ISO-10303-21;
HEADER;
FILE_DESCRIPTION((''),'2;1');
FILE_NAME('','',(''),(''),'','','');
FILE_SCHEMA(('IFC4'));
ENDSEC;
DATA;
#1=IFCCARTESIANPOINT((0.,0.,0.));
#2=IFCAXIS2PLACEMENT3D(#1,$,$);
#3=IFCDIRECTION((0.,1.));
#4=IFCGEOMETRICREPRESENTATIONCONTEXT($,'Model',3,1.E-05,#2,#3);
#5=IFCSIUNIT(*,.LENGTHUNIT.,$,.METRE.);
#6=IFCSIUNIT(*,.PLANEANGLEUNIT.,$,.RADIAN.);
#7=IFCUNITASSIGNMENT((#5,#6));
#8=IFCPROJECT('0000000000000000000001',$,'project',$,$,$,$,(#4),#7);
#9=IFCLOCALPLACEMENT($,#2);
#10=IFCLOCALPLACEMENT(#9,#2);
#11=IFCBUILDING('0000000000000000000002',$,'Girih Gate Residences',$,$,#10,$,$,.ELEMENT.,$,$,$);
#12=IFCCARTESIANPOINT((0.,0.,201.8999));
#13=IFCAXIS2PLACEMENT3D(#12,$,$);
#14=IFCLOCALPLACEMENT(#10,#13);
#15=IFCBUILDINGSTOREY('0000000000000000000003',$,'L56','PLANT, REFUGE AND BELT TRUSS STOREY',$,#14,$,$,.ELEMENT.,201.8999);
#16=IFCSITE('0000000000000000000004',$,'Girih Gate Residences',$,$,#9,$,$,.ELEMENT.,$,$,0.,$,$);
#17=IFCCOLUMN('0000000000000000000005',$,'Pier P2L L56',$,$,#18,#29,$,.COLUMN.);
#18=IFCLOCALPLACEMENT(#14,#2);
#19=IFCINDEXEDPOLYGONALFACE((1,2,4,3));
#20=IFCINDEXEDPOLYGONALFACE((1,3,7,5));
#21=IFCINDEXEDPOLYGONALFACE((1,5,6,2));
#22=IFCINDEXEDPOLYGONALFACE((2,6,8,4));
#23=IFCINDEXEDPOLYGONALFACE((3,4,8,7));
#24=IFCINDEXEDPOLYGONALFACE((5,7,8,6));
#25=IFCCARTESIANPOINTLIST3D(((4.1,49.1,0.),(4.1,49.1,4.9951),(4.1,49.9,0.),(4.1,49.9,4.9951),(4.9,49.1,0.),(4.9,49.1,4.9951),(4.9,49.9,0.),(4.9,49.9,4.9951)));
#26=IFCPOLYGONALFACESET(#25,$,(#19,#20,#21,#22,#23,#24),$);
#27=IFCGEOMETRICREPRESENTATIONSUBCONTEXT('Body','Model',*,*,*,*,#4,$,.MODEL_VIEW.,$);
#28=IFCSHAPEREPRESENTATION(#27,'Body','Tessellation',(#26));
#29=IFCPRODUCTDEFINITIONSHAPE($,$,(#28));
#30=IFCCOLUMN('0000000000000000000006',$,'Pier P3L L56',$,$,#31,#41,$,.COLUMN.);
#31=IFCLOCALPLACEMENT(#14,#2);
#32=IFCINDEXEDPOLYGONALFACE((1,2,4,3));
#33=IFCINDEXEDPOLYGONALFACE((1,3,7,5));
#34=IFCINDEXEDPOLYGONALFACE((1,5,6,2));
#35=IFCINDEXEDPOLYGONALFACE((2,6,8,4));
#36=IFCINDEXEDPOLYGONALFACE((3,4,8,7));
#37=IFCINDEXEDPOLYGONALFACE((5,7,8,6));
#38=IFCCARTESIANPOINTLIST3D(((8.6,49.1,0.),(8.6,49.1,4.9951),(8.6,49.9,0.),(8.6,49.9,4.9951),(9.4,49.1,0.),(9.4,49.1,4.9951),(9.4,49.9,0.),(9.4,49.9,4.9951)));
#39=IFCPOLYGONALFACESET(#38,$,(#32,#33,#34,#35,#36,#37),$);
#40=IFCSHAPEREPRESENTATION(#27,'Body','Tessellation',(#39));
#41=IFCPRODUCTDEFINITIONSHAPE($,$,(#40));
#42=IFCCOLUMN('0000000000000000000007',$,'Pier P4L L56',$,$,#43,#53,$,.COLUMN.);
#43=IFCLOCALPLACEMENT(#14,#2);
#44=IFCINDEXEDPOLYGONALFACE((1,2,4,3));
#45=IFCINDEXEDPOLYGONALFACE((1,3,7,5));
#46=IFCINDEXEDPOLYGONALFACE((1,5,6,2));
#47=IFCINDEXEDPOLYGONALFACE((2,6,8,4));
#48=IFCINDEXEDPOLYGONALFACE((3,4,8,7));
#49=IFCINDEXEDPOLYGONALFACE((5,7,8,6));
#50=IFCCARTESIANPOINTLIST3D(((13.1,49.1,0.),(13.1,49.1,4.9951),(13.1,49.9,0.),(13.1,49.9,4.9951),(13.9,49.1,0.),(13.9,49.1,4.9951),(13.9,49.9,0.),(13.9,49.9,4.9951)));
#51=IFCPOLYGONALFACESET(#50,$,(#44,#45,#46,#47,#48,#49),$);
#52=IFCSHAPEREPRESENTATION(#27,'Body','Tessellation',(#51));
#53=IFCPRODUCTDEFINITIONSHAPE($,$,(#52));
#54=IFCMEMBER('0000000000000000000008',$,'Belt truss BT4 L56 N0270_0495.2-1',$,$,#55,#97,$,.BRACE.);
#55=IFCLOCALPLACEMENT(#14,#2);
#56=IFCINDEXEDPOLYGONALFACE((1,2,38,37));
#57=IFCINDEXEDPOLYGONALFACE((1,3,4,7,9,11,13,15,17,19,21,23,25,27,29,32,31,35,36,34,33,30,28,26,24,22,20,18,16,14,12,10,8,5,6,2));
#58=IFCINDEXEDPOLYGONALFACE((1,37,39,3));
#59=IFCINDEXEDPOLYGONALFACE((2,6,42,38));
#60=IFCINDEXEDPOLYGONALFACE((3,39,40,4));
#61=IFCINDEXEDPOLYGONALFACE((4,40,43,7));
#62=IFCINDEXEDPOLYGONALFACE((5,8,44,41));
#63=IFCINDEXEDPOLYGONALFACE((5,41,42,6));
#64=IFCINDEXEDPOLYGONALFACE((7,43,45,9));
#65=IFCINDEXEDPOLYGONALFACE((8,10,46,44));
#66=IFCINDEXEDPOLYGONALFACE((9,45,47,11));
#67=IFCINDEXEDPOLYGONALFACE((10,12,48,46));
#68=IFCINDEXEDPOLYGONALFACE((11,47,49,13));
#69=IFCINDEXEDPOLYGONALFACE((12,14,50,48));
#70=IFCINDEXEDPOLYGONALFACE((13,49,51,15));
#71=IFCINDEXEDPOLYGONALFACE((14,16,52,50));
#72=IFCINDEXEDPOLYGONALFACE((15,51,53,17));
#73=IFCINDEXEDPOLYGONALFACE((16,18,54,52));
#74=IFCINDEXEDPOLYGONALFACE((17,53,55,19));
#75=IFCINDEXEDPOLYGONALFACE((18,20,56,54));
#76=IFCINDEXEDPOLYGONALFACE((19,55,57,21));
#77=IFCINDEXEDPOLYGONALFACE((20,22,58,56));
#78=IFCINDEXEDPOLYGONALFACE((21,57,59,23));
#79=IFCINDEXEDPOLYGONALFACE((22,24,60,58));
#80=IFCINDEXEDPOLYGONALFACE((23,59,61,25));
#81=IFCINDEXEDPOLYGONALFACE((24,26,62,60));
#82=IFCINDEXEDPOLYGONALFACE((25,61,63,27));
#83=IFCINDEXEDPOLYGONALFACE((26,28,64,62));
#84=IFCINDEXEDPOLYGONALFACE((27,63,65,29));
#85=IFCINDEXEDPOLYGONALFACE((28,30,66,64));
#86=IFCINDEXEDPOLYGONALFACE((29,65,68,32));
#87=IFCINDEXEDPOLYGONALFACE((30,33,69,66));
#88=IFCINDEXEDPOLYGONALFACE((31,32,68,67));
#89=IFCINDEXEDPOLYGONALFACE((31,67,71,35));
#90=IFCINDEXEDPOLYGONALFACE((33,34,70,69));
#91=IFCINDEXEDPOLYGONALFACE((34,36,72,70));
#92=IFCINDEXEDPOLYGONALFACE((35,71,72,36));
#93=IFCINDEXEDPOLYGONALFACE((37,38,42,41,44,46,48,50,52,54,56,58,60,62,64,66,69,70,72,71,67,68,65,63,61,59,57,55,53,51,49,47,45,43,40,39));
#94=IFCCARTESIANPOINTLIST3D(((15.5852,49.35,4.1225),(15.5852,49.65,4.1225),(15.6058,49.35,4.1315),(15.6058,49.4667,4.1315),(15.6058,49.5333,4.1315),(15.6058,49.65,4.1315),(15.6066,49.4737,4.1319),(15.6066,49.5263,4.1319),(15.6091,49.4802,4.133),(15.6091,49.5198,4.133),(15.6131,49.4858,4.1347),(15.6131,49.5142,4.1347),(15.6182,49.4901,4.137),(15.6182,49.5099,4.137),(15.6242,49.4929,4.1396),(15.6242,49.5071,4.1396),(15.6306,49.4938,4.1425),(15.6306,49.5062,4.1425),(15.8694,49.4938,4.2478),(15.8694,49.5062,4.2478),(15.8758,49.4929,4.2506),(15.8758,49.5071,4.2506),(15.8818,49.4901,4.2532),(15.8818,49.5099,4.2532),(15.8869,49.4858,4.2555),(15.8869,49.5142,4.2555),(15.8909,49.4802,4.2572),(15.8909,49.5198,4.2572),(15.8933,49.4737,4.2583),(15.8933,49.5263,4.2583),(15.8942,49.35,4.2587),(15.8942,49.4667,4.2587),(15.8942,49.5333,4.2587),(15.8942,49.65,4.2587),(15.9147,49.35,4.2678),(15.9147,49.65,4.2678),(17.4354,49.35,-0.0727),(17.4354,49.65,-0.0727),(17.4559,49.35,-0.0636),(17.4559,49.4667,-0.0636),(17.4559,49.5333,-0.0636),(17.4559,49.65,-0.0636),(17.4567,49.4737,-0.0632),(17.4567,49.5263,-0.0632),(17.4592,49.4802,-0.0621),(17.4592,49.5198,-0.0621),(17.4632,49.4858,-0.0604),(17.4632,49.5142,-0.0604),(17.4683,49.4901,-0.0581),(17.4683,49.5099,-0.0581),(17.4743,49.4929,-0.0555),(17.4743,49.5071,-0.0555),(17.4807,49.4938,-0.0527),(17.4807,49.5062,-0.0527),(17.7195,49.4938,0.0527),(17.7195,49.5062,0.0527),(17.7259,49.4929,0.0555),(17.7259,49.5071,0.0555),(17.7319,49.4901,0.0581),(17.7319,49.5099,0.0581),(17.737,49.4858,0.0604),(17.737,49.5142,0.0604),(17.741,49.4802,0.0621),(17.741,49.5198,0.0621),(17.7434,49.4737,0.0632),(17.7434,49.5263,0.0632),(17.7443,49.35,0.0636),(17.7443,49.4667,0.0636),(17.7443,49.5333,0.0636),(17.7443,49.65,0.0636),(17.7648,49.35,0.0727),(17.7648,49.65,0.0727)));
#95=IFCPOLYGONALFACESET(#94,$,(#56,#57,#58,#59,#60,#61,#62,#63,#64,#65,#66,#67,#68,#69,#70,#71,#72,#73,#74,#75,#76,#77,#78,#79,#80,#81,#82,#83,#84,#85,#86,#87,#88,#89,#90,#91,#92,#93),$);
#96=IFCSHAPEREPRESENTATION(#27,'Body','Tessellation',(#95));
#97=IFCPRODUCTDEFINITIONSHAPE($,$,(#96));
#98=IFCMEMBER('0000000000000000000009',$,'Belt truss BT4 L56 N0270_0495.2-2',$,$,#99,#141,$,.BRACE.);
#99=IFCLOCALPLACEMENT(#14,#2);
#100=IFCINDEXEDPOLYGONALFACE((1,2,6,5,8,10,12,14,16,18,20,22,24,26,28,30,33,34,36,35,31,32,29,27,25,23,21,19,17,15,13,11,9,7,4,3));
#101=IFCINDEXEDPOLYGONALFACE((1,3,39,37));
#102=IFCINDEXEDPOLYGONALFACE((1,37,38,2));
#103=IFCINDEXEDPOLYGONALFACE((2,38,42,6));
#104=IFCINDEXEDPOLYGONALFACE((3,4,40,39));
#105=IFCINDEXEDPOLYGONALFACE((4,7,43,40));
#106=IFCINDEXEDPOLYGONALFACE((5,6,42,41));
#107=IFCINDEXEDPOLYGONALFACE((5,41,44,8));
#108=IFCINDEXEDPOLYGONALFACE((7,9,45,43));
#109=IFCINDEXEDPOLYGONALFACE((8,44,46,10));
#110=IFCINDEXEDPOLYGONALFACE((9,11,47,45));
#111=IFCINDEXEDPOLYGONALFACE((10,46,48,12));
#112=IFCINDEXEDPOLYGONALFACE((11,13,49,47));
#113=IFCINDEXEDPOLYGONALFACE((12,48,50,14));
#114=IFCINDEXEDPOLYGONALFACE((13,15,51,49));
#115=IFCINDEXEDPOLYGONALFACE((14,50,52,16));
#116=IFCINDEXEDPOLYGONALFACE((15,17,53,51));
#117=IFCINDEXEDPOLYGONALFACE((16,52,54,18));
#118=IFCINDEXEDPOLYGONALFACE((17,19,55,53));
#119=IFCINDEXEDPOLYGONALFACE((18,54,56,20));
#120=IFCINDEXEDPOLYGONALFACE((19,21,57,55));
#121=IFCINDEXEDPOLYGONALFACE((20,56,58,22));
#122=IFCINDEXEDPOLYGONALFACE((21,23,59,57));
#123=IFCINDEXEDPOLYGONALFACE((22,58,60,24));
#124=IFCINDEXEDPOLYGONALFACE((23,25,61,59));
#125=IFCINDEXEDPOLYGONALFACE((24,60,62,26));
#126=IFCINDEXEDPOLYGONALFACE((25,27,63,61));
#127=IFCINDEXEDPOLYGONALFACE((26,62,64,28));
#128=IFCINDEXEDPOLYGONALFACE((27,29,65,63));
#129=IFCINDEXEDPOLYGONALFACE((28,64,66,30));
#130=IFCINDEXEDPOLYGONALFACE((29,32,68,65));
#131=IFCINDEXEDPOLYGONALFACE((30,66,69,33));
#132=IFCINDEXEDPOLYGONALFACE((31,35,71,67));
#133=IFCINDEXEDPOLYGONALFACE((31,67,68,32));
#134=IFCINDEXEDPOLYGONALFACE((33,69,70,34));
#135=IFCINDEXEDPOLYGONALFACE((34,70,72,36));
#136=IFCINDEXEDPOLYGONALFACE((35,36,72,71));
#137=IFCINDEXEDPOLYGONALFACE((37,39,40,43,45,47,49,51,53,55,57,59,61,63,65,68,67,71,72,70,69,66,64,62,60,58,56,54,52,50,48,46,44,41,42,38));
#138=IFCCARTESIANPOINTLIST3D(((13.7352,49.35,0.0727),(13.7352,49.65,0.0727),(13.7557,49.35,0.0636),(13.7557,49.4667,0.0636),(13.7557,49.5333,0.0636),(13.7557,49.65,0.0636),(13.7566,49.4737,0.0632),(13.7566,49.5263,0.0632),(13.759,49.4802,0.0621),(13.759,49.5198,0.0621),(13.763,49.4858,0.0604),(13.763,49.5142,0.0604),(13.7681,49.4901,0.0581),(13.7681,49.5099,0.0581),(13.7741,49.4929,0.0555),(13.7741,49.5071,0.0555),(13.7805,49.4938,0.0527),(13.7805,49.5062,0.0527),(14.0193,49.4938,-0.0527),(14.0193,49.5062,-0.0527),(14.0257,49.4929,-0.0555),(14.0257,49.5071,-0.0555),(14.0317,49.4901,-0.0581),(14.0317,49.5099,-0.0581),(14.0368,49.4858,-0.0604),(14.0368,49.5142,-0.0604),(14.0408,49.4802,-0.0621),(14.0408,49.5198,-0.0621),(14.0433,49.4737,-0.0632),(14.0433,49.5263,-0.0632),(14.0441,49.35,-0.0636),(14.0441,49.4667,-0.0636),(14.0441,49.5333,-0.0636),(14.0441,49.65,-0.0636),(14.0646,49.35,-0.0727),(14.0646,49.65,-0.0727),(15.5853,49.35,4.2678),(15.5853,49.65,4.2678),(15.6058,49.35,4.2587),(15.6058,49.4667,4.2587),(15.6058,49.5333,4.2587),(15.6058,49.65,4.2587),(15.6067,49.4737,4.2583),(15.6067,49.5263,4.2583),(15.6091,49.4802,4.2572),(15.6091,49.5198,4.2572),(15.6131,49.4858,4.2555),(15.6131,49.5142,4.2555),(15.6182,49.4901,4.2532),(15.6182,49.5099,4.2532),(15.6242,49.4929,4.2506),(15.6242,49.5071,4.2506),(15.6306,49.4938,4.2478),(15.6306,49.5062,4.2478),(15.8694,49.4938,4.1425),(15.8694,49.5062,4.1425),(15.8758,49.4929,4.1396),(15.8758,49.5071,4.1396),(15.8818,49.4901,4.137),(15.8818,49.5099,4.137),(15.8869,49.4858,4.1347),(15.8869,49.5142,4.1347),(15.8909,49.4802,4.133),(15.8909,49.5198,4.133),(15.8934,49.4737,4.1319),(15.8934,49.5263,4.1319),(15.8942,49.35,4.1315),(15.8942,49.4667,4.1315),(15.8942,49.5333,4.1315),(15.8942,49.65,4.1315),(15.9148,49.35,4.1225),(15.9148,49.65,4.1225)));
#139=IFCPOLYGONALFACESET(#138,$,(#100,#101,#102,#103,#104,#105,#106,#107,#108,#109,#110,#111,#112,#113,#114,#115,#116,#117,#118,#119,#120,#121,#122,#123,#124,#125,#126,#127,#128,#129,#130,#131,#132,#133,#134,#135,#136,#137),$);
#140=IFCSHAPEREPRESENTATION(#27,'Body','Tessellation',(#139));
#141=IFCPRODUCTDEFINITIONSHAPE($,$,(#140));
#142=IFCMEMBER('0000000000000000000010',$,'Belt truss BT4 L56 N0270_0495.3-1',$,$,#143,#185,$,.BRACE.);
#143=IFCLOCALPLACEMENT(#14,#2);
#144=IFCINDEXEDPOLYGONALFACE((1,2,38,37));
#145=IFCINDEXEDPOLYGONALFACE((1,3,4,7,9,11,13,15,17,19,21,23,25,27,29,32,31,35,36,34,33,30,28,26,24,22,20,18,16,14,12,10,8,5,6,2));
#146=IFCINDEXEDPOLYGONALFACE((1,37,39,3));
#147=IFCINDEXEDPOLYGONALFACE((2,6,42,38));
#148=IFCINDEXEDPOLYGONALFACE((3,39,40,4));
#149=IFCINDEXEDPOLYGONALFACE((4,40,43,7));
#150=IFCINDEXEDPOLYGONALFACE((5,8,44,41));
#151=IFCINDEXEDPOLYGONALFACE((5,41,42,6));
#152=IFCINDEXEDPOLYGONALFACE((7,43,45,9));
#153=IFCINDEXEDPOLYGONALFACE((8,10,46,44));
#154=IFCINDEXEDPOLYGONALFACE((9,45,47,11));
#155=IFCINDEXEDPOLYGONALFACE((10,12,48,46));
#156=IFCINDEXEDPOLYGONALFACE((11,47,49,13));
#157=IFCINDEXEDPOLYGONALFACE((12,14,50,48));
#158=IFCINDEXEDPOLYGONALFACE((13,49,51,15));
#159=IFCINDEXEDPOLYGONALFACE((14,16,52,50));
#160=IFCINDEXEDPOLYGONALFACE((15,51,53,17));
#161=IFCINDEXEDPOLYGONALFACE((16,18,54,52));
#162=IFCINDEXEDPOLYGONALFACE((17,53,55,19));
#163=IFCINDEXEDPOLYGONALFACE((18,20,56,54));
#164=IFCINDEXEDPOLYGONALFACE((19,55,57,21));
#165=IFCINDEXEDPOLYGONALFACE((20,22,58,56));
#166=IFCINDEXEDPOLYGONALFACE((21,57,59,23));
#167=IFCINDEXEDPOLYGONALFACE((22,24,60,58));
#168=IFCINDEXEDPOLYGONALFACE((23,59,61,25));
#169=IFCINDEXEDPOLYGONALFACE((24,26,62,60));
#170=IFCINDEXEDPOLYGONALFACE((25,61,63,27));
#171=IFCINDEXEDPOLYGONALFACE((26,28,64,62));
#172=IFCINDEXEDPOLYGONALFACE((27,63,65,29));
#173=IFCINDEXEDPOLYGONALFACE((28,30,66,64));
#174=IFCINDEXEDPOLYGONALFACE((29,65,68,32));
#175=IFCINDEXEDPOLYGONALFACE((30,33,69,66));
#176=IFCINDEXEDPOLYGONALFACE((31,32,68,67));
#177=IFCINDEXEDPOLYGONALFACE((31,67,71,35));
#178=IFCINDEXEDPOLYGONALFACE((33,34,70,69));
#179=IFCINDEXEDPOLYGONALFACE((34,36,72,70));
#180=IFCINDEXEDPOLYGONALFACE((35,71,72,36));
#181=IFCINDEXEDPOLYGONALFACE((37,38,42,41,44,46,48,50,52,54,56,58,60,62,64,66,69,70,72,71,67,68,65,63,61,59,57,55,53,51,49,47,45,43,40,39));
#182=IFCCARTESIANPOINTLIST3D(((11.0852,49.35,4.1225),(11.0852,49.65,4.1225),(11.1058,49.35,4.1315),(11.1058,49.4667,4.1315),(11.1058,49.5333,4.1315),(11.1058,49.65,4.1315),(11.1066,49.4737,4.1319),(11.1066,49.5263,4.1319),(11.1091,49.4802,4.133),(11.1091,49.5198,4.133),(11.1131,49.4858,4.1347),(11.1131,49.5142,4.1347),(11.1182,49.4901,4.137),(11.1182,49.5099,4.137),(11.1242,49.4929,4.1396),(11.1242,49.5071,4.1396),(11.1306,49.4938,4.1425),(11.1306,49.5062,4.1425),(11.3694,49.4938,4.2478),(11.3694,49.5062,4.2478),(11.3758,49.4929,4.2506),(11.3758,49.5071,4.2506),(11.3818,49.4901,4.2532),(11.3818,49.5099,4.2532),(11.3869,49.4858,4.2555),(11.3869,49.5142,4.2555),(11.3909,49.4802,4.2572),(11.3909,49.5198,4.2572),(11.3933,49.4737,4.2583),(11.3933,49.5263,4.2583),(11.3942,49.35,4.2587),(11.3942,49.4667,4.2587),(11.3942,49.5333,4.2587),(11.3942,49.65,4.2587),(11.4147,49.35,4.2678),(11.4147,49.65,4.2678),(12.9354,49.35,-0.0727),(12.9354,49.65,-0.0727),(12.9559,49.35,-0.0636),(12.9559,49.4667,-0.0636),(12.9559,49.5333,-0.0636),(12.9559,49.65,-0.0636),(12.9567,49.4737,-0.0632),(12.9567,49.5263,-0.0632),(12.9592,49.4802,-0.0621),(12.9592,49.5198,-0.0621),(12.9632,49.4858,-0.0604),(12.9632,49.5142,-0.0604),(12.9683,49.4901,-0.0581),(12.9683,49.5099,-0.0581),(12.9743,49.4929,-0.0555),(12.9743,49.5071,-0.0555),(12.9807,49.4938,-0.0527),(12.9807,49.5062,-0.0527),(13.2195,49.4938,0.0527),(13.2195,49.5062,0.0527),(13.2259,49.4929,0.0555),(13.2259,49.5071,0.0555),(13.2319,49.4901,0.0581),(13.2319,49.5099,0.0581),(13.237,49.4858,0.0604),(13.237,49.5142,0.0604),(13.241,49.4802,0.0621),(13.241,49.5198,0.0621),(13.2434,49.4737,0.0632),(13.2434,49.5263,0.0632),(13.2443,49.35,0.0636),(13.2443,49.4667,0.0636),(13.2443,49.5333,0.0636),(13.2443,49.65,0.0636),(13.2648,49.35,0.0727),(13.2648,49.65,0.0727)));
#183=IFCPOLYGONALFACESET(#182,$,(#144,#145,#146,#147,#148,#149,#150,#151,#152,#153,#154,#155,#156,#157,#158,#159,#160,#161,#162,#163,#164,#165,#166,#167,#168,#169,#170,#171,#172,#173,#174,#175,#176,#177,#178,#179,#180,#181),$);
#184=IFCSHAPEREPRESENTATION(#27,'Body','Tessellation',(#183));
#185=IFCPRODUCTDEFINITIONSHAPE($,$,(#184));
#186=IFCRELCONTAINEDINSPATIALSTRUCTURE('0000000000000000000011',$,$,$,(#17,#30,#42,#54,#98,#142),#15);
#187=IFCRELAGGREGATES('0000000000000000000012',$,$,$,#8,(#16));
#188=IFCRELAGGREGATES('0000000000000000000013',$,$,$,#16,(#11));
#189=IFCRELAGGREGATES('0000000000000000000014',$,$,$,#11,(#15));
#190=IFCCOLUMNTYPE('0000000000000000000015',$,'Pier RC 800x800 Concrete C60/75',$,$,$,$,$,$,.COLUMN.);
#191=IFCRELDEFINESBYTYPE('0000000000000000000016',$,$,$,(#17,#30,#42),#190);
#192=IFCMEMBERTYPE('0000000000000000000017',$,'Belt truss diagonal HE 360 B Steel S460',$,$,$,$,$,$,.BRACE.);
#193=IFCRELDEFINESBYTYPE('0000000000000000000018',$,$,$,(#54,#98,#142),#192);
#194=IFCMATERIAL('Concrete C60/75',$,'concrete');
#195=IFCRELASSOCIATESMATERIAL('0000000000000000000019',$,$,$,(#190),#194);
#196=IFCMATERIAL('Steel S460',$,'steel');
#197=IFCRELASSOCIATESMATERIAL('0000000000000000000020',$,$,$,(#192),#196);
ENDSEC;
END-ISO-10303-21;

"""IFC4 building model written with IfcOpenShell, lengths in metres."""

from ifc_helpers import new_model, si_unit, direction, frame, origin, origin_2d, place, context, subcontext, project, spatial, rectangle, i_section, extrude, material, material_profile, profile_set, type_object, element, save


model = new_model("IFC4")

# Units and contexts
model_context = context("Model", 3, precision=1e-05, world=origin(), true_north=direction((0.0, 1.0)))
body_context = subcontext(model_context, "Body", "Model", "MODEL_VIEW")
ifc_project = project(units=[si_unit("LENGTHUNIT", "METRE"), si_unit("PLANEANGLEUNIT", "RADIAN")], contexts=[model_context])

# Site, building, storey
site_placement = place(None, origin())
site = spatial("IfcSite", under=ifc_project, at=site_placement, Name="Girih Gate Residences", CompositionType="ELEMENT", RefElevation=0.0)
building_placement = place(site_placement, origin())
building = spatial("IfcBuilding", under=site, at=building_placement, Name="Girih Gate Residences", CompositionType="ELEMENT")
storey_placement = place(building_placement, frame((0.0, 0.0, 201.8999)))
storey = spatial("IfcBuildingStorey", under=building, at=storey_placement, Name="L56", Description="PLANT, REFUGE AND BELT TRUSS STOREY", CompositionType="ELEMENT", Elevation=201.8999)

# Columns
ifc_material_1 = material(Name="Concrete C60/75", Category="concrete")
ifc_material_profile_1 = material_profile(ifc_material_1, rectangle(XDim=0.8, YDim=0.8, at=origin_2d()))
ifc_profile_set_1 = profile_set([ifc_material_profile_1], Name="Concrete C60/75")
column_type = type_object("IfcColumnType", Name="Pier RC 800x800 Concrete C60/75", PredefinedType="COLUMN", material=ifc_profile_set_1)
for number, where, z_axis, x_axis, name in (
    (1, (4.5, 49.5, 0.0), (0.0, 0.0, 1.0), (1.0, 0.0, 0.0), "Pier P2L L56"),
    (2, (9.0, 49.5, 0.0), (0.0, 0.0, 1.0), (1.0, 0.0, 0.0), "Pier P3L L56"),
    (3, (13.5, 49.5, 0.0), (0.0, 0.0, 1.0), (1.0, 0.0, 0.0), "Pier P4L L56"),
):
    element("IfcColumn", number, at=place(storey_placement, frame(where, z_axis=z_axis, x_axis=x_axis)), inside=storey, type_object=column_type, Name=name, PredefinedType="COLUMN", context=body_context, shape_type="SweptSolid", body=[
        extrude(rectangle(XDim=0.8, YDim=0.8, at=origin_2d()), origin(), (0.0, 0.0, 1.0), 4.9951),
    ])

# Members
ifc_material_2 = material(Name="Steel S460", Category="steel")
ifc_material_profile_2 = material_profile(ifc_material_2, i_section(OverallWidth=0.3, OverallDepth=0.3601, WebThickness=0.0125, FlangeThickness=0.0225, FilletRadius=0.0271, at=origin_2d()))
ifc_profile_set_2 = profile_set([ifc_material_profile_2], Name="Steel S460")
member_type = type_object("IfcMemberType", Name="Belt truss diagonal HE 360 B Steel S460", PredefinedType="BRACE", material=ifc_profile_set_2)
for number, where, z_axis, x_axis, name in (
    (4, (17.6001, 49.5, 0.0), (-0.403518, 0.0, 0.914972), (0.0, -1.0, 0.0), "Belt truss BT4 L56 N0270_0495.2-1"),
    (5, (13.8999, 49.5, 0.0), (0.403518, 0.0, 0.914972), (0.0, 1.0, 0.0), "Belt truss BT4 L56 N0270_0495.2-2"),
    (6, (13.1001, 49.5, 0.0), (-0.403518, 0.0, 0.914972), (0.0, -1.0, 0.0), "Belt truss BT4 L56 N0270_0495.3-1"),
):
    element("IfcMember", number, at=place(storey_placement, frame(where, z_axis=z_axis, x_axis=x_axis)), inside=storey, type_object=member_type, Name=name, PredefinedType="BRACE", context=body_context, shape_type="SweptSolid", body=[
        extrude(i_section(OverallWidth=0.3, OverallDepth=0.3601, WebThickness=0.0125, FlangeThickness=0.0225, FilletRadius=0.0271, at=origin_2d()), origin(), (0.0, 0.0, 1.0), 4.585),
    ])

save(model, "model.ifc")
